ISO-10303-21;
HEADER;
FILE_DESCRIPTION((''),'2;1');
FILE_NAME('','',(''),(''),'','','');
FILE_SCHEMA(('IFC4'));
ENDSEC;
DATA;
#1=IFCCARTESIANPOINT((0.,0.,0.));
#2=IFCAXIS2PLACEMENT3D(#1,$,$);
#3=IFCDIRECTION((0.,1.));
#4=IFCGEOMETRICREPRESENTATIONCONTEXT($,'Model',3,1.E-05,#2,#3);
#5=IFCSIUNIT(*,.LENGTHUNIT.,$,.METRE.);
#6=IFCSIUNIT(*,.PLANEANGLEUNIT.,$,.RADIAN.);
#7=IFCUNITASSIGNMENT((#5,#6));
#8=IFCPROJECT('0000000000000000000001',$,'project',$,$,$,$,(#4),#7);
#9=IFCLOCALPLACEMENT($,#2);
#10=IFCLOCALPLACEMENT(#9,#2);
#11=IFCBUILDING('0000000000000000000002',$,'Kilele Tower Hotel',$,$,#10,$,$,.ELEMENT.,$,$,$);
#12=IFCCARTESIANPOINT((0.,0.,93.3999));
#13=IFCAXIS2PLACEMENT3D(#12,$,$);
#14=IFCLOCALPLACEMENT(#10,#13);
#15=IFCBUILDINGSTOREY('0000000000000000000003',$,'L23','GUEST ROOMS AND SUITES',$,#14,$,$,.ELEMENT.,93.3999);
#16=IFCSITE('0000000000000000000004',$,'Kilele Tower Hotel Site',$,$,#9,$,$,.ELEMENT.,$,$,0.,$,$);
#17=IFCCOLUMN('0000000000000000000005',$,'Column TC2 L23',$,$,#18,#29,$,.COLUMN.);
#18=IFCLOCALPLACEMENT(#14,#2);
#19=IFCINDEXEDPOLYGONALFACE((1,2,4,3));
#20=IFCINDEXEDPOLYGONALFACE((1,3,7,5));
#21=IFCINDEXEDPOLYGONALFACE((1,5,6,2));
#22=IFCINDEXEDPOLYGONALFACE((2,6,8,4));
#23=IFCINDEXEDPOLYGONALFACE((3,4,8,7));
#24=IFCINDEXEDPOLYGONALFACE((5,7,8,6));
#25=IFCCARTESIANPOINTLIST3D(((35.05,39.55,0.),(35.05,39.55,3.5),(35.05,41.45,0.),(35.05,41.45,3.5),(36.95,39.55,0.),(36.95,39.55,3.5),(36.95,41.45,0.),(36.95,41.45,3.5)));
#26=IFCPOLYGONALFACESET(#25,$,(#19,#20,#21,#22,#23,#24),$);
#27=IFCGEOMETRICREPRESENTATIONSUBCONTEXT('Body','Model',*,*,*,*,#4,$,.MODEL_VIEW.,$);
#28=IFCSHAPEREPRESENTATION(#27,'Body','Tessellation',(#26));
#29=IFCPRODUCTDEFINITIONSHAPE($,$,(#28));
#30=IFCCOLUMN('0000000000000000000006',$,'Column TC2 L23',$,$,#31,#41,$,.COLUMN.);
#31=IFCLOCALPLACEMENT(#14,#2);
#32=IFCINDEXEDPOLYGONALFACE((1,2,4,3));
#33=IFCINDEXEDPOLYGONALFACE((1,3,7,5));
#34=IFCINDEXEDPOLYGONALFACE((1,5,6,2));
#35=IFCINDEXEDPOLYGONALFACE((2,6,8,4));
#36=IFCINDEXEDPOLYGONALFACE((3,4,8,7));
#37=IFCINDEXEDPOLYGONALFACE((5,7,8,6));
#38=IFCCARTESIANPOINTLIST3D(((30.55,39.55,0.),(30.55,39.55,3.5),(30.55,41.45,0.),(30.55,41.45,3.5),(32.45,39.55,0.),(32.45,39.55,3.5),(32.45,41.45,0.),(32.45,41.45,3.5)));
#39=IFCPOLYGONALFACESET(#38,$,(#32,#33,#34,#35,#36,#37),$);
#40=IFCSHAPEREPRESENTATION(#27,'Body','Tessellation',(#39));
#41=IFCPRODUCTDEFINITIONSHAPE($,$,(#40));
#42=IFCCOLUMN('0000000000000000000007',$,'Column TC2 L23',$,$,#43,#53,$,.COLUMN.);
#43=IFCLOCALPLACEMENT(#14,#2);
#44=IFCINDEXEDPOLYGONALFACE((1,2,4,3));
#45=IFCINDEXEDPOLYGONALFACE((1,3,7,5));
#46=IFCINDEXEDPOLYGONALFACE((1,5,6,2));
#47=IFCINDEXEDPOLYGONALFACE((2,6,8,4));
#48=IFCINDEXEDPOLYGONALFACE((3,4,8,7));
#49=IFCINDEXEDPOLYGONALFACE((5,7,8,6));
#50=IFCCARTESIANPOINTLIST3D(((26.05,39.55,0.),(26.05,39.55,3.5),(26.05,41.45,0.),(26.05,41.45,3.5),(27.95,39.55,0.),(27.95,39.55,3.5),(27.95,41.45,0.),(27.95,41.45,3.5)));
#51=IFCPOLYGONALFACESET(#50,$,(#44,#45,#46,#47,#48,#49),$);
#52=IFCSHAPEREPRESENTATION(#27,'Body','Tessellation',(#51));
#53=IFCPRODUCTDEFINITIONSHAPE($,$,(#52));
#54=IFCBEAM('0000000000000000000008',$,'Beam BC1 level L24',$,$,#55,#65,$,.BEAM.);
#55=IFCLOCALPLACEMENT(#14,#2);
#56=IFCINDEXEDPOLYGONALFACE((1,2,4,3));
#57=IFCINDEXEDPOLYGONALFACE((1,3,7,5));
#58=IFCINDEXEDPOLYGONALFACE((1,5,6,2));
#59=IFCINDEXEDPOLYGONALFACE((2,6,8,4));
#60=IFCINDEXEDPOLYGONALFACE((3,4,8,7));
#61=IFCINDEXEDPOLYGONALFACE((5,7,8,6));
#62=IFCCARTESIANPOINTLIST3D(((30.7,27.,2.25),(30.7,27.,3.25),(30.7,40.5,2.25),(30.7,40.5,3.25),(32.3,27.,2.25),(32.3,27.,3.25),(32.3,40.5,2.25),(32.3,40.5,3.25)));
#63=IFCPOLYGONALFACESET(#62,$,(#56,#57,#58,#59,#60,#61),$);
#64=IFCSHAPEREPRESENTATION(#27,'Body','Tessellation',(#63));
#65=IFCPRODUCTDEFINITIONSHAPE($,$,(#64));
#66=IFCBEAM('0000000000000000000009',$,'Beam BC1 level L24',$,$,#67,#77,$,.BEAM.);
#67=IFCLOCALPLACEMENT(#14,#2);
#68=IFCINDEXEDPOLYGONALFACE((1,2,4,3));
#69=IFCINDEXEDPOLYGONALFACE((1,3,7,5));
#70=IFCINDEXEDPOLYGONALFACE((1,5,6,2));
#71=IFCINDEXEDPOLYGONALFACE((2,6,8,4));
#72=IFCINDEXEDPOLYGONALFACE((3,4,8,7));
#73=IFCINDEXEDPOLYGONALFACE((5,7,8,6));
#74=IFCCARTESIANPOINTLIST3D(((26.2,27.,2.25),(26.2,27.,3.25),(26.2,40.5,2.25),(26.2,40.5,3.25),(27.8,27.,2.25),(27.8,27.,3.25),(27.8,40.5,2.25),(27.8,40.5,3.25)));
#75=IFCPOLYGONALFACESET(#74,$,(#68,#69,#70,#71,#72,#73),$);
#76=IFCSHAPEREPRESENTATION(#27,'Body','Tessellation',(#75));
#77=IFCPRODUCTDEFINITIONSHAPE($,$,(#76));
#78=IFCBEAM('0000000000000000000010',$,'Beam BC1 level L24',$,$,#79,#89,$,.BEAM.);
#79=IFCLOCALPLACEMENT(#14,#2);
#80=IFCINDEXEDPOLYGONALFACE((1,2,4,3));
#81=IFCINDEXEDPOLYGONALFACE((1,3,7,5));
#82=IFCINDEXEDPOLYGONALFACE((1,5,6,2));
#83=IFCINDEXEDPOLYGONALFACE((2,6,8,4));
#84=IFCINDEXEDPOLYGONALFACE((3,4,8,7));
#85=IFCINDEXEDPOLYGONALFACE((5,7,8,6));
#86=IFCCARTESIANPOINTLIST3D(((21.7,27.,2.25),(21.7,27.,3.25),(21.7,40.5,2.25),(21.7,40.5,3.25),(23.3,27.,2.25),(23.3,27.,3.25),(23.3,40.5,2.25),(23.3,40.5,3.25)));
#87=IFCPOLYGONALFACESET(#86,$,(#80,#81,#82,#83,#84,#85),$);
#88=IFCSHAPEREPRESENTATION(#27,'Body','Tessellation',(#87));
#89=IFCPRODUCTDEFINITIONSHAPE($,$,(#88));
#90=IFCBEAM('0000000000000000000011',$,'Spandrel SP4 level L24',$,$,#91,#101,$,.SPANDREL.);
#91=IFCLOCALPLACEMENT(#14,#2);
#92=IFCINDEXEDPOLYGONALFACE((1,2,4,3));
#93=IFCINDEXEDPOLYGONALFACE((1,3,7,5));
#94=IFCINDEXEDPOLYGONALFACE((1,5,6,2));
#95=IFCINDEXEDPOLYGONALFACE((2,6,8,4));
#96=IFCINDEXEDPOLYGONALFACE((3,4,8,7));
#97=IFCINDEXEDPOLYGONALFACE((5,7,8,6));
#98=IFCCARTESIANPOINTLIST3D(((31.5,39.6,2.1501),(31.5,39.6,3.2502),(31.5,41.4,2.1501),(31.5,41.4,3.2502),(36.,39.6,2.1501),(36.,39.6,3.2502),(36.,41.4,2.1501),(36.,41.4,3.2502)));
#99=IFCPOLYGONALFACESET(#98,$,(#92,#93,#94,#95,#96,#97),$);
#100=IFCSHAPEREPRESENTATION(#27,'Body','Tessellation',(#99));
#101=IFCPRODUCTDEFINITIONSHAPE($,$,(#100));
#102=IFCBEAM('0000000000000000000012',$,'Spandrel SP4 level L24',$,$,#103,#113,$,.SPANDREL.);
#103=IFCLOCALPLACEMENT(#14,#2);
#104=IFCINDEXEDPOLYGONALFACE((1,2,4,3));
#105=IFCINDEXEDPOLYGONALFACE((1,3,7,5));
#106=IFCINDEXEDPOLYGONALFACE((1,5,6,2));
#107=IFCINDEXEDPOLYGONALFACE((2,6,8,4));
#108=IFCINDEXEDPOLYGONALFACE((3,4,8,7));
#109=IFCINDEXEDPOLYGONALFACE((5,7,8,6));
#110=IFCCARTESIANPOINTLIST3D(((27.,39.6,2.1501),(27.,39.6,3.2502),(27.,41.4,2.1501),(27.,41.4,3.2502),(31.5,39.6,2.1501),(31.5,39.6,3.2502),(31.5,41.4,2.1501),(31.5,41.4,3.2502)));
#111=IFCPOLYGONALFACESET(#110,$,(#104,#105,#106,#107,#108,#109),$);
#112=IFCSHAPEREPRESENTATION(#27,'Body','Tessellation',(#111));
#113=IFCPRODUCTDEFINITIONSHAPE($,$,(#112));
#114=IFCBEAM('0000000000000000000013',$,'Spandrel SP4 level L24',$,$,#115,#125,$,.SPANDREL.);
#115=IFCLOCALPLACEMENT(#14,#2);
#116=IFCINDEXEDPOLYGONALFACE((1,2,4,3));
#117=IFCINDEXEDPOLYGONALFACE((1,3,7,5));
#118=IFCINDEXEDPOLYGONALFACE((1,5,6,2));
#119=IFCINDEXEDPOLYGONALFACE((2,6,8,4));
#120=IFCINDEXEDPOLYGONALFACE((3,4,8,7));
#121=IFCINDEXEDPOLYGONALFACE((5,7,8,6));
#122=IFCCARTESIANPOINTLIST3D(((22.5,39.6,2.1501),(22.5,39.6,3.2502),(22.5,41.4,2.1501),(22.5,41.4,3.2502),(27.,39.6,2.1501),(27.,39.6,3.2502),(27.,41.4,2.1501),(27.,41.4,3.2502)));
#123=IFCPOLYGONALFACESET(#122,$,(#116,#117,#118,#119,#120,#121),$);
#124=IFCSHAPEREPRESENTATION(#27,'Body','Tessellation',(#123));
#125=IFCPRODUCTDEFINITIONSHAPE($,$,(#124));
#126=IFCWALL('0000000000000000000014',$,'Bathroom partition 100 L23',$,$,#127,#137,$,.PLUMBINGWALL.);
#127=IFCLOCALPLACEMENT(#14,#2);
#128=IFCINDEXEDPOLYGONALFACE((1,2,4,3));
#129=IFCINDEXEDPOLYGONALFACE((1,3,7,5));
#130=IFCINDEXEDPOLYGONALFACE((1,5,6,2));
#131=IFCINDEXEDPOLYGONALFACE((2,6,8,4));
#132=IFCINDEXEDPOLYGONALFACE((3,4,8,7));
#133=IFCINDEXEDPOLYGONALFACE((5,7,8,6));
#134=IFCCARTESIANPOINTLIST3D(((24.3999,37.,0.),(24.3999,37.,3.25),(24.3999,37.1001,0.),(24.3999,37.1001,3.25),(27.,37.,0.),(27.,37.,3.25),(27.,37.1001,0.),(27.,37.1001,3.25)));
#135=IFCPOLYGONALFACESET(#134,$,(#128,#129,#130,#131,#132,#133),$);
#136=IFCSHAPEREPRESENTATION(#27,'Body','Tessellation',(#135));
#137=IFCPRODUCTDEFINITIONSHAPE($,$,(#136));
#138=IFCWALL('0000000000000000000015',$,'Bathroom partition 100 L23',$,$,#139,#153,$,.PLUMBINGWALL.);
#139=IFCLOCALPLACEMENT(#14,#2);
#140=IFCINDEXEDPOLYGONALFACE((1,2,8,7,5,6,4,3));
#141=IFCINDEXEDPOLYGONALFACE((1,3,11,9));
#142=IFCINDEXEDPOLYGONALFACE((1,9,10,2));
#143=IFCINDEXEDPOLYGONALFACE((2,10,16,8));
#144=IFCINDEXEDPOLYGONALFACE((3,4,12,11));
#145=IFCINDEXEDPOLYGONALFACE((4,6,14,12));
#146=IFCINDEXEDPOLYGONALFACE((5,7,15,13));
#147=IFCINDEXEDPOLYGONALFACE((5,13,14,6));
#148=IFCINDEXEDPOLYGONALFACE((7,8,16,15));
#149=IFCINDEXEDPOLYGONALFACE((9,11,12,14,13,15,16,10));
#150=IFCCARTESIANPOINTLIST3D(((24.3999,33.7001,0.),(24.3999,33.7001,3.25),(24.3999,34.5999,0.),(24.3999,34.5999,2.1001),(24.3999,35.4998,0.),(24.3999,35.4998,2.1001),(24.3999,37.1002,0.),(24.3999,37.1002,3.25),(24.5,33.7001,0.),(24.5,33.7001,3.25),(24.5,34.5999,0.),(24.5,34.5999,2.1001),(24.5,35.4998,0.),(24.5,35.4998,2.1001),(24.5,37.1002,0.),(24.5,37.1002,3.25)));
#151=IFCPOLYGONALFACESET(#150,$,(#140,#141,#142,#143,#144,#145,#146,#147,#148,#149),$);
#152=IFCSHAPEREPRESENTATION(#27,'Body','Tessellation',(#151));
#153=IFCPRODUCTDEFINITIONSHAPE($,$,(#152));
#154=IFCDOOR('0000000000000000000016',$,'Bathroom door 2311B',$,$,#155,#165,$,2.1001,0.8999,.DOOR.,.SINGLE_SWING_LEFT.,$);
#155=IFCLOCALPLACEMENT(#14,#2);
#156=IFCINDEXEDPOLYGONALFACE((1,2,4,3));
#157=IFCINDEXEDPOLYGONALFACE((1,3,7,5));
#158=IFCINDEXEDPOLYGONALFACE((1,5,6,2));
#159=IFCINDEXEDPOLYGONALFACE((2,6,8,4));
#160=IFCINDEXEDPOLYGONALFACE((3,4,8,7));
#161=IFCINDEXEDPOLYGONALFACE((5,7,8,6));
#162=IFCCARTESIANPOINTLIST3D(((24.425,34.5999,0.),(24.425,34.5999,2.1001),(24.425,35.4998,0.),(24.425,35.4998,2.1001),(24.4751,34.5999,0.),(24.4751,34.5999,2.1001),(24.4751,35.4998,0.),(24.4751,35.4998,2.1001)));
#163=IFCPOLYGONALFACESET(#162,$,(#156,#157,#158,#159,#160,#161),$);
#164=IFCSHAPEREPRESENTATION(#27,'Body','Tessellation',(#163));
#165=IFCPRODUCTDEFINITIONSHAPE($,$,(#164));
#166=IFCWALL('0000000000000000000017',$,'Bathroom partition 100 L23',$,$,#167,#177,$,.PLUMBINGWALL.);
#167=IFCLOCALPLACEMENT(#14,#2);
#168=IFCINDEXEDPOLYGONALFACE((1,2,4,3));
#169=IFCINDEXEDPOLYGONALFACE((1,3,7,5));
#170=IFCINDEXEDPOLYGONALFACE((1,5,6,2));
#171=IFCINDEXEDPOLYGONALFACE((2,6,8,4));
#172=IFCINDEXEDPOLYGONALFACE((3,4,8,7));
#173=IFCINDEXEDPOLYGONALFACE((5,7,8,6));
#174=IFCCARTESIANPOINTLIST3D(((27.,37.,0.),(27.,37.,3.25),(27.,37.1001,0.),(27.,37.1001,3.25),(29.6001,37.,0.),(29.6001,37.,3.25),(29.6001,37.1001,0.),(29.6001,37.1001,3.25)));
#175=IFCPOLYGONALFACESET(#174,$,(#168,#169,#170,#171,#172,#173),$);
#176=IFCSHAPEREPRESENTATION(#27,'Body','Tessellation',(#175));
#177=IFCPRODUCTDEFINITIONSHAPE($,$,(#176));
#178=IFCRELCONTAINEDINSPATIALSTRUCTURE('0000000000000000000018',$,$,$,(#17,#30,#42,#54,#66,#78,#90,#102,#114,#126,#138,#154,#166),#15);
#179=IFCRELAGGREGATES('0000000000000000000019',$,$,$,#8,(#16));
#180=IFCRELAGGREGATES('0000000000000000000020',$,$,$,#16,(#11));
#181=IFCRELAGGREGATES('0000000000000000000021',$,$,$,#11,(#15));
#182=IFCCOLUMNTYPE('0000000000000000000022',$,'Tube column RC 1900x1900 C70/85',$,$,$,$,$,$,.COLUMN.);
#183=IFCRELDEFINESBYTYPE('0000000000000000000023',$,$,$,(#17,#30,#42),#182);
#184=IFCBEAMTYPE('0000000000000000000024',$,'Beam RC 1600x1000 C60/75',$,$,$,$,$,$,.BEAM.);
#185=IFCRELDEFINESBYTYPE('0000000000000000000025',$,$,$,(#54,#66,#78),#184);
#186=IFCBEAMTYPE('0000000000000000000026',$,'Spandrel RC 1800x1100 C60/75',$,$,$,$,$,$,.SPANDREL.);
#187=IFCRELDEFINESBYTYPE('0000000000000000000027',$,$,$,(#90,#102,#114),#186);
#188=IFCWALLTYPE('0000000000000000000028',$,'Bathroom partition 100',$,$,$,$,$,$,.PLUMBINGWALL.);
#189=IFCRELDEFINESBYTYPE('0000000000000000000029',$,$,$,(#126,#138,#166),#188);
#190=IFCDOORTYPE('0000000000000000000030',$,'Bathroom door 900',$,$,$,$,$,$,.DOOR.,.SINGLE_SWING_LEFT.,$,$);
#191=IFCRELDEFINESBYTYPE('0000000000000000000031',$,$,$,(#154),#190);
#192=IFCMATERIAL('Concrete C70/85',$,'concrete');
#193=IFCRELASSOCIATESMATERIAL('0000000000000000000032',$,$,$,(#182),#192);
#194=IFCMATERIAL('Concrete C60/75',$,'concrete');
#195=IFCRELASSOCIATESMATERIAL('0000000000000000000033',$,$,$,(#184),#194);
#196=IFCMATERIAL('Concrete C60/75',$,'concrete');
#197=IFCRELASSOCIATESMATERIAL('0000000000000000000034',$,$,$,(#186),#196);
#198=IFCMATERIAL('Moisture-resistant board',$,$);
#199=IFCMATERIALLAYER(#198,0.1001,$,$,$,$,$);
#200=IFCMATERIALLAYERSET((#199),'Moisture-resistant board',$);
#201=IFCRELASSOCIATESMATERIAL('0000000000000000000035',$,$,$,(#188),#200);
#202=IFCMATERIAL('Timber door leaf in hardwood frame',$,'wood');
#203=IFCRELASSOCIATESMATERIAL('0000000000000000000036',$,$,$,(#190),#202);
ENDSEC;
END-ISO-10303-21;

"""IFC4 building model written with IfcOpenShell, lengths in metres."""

from ifc_helpers import new_model, si_unit, direction, frame, frame_2d, origin, origin_2d, place, context, subcontext, project, spatial, rectangle, extrude, material, layer, layer_set, material_profile, profile_set, type_object, element, fill, save


model = new_model("IFC4")

# Units and contexts
model_context = context("Model", 3, precision=1e-05, world=origin(), true_north=direction((0.0, 1.0)))
body_context = subcontext(model_context, "Body", "Model", "MODEL_VIEW")
ifc_project = project(units=[si_unit("LENGTHUNIT", "METRE"), si_unit("PLANEANGLEUNIT", "RADIAN")], contexts=[model_context])

# Site, building, storey
site_placement = place(None, origin())
site = spatial("IfcSite", under=ifc_project, at=site_placement, Name="Kilele Tower Hotel Site", CompositionType="ELEMENT", RefElevation=0.0)
building_placement = place(site_placement, origin())
building = spatial("IfcBuilding", under=site, at=building_placement, Name="Kilele Tower Hotel", CompositionType="ELEMENT")
storey_placement = place(building_placement, frame((0.0, 0.0, 93.3999)))
storey = spatial("IfcBuildingStorey", under=building, at=storey_placement, Name="L23", Description="GUEST ROOMS AND SUITES", CompositionType="ELEMENT", Elevation=93.3999)

# Columns
ifc_material_1 = material(Name="Concrete C70/85", Category="concrete")
ifc_material_profile_1 = material_profile(ifc_material_1, rectangle(XDim=1.8999, YDim=1.8999, at=origin_2d()))
ifc_profile_set_1 = profile_set([ifc_material_profile_1], Name="Concrete C70/85")
column_type = type_object("IfcColumnType", Name="Tube column RC 1900x1900 C70/85", PredefinedType="COLUMN", material=ifc_profile_set_1)
for number, where, z_axis, x_axis, name in (
    (1, (36.0, 40.5, 0.0), (0.0, 0.0, 1.0), (1.0, 0.0, 0.0), "Column TC2 L23"),
    (2, (31.5, 40.5, 0.0), (0.0, 0.0, 1.0), (1.0, 0.0, 0.0), "Column TC2 L23"),
    (3, (27.0, 40.5, 0.0), (0.0, 0.0, 1.0), (1.0, 0.0, 0.0), "Column TC2 L23"),
):
    element("IfcColumn", number, at=place(storey_placement, frame(where, z_axis=z_axis, x_axis=x_axis)), inside=storey, type_object=column_type, Name=name, PredefinedType="COLUMN", context=body_context, shape_type="SweptSolid", body=[
        extrude(rectangle(XDim=1.8999, YDim=1.8999, at=origin_2d()), origin(), (0.0, 0.0, 1.0), 3.5),
    ])

# Beams
ifc_material_2 = material(Name="Concrete C60/75", Category="concrete")
ifc_material_profile_2 = material_profile(ifc_material_2, rectangle(XDim=1.6001, YDim=1.0, at=origin_2d()))
ifc_profile_set_2 = profile_set([ifc_material_profile_2], Name="Concrete C60/75")
beam_type_1 = type_object("IfcBeamType", Name="Beam RC 1600x1000 C60/75", PredefinedType="BEAM", material=ifc_profile_set_2)
for number, where, z_axis, x_axis, name in (
    (4, (31.5, 40.5, 2.75), (0.0, -1.0, 0.0), (1.0, 0.0, 0.0), "Beam BC1 level L24"),
    (5, (27.0, 40.5, 2.75), (0.0, -1.0, 0.0), (1.0, 0.0, 0.0), "Beam BC1 level L24"),
    (6, (22.5, 40.5, 2.75), (0.0, -1.0, 0.0), (1.0, 0.0, 0.0), "Beam BC1 level L24"),
):
    element("IfcBeam", number, at=place(storey_placement, frame(where, z_axis=z_axis, x_axis=x_axis)), inside=storey, type_object=beam_type_1, Name=name, PredefinedType="BEAM", context=body_context, shape_type="SweptSolid", body=[
        extrude(rectangle(XDim=1.6001, YDim=1.0, at=origin_2d()), origin(), (0.0, 0.0, 1.0), 13.5),
    ])
ifc_material_3 = material(Name="Concrete C60/75", Category="concrete")
ifc_material_profile_3 = material_profile(ifc_material_3, rectangle(XDim=1.8, YDim=1.1001, at=origin_2d()))
ifc_profile_set_3 = profile_set([ifc_material_profile_3], Name="Concrete C60/75")
beam_type_2 = type_object("IfcBeamType", Name="Spandrel RC 1800x1100 C60/75", PredefinedType="SPANDREL", material=ifc_profile_set_3)
for number, where, z_axis, x_axis, name in (
    (7, (36.0, 40.5, 2.7002), (-1.0, 0.0, 0.0), (0.0, -1.0, 0.0), "Spandrel SP4 level L24"),
    (8, (31.5, 40.5, 2.7002), (-1.0, 0.0, 0.0), (0.0, -1.0, 0.0), "Spandrel SP4 level L24"),
    (9, (27.0, 40.5, 2.7002), (-1.0, 0.0, 0.0), (0.0, -1.0, 0.0), "Spandrel SP4 level L24"),
):
    element("IfcBeam", number, at=place(storey_placement, frame(where, z_axis=z_axis, x_axis=x_axis)), inside=storey, type_object=beam_type_2, Name=name, PredefinedType="SPANDREL", context=body_context, shape_type="SweptSolid", body=[
        extrude(rectangle(XDim=1.8, YDim=1.1001, at=origin_2d()), origin(), (0.0, 0.0, 1.0), 4.5),
    ])

# Wall
ifc_material_4 = material(Name="Moisture-resistant board")
ifc_layer_1 = layer(ifc_material_4, 0.1001)
ifc_layer_set_1 = layer_set([ifc_layer_1], Name="Moisture-resistant board")
wall_type_1 = type_object("IfcWallType", Name="Bathroom partition 100", PredefinedType="PLUMBINGWALL", material=ifc_layer_set_1)
wall_1_placement = place(storey_placement, frame((24.3999, 37.05, 0.0), z_axis=(0.0, 0.0, 1.0), x_axis=(1.0, 0.0, 0.0)))
element("IfcWall", 10, at=wall_1_placement, inside=storey, type_object=wall_type_1, Name="Bathroom partition 100 L23", PredefinedType="PLUMBINGWALL", context=body_context, shape_type="SweptSolid", body=[
    extrude(rectangle(XDim=2.6001, YDim=0.1001, at=frame_2d((1.3, 0.0))), origin(), (0.0, 0.0, 1.0), 3.25),
])

# Wall, opening, door
wall_2_placement = place(storey_placement, frame((24.45, 33.7, 0.0), z_axis=(0.0, 0.0, 1.0), x_axis=(0.0, 1.0, 0.0)))
wall_2 = element("IfcWall", 11, at=wall_2_placement, inside=storey, type_object=wall_type_1, Name="Bathroom partition 100 L23", PredefinedType="PLUMBINGWALL", context=body_context, shape_type="SweptSolid", body=[
    extrude(rectangle(XDim=3.4001, YDim=0.1001, at=frame_2d((1.7002, 0.0))), origin(), (0.0, 0.0, 1.0), 3.25),
])
opening_1_placement = place(wall_2_placement, frame((0.8999, 0.0, 0.0)))
opening_1 = element("IfcOpeningElement", 12, at=opening_1_placement, cuts=wall_2, PredefinedType="OPENING", context=body_context, shape_type="SweptSolid", body=[
    extrude(rectangle(XDim=0.8999, YDim=2.1001, at=frame_2d((0.45, 1.05))), frame((0.0, 0.0601, 0.0), z_axis=(0.0, -1.0, 0.0), x_axis=(1.0, 0.0, 0.0)), (0.0, 0.0, 1.0), 0.1201),
])
ifc_material_5 = material(Name="Timber door leaf in hardwood frame", Category="wood")
door_type_1 = type_object("IfcDoorType", Name="Bathroom door 900", OperationType="SINGLE_SWING_LEFT", PredefinedType="DOOR", material=ifc_material_5)
door_1_placement = place(opening_1_placement, origin())
door_1 = element("IfcDoor", 13, at=door_1_placement, inside=storey, type_object=door_type_1, Name="Bathroom door 2311B", OperationType="SINGLE_SWING_LEFT", OverallHeight=2.1001, OverallWidth=0.8999, PredefinedType="DOOR", context=body_context, shape_type="SweptSolid", body=[
    extrude(rectangle(XDim=0.8999, YDim=2.1001, at=frame_2d((0.45, 1.05))), frame((0.0, 0.0249, 0.0), z_axis=(0.0, -1.0, 0.0), x_axis=(1.0, 0.0, 0.0)), (0.0, 0.0, 1.0), 0.05),
])
fill(opening_1, door_1)

# Wall
wall_3_placement = place(storey_placement, frame((27.0, 37.05, 0.0), z_axis=(0.0, 0.0, 1.0), x_axis=(1.0, 0.0, 0.0)))
element("IfcWall", 14, at=wall_3_placement, inside=storey, type_object=wall_type_1, Name="Bathroom partition 100 L23", PredefinedType="PLUMBINGWALL", context=body_context, shape_type="SweptSolid", body=[
    extrude(rectangle(XDim=2.6001, YDim=0.1001, at=frame_2d((1.3, 0.0))), origin(), (0.0, 0.0, 1.0), 3.25),
])

save(model, "model.ifc")
